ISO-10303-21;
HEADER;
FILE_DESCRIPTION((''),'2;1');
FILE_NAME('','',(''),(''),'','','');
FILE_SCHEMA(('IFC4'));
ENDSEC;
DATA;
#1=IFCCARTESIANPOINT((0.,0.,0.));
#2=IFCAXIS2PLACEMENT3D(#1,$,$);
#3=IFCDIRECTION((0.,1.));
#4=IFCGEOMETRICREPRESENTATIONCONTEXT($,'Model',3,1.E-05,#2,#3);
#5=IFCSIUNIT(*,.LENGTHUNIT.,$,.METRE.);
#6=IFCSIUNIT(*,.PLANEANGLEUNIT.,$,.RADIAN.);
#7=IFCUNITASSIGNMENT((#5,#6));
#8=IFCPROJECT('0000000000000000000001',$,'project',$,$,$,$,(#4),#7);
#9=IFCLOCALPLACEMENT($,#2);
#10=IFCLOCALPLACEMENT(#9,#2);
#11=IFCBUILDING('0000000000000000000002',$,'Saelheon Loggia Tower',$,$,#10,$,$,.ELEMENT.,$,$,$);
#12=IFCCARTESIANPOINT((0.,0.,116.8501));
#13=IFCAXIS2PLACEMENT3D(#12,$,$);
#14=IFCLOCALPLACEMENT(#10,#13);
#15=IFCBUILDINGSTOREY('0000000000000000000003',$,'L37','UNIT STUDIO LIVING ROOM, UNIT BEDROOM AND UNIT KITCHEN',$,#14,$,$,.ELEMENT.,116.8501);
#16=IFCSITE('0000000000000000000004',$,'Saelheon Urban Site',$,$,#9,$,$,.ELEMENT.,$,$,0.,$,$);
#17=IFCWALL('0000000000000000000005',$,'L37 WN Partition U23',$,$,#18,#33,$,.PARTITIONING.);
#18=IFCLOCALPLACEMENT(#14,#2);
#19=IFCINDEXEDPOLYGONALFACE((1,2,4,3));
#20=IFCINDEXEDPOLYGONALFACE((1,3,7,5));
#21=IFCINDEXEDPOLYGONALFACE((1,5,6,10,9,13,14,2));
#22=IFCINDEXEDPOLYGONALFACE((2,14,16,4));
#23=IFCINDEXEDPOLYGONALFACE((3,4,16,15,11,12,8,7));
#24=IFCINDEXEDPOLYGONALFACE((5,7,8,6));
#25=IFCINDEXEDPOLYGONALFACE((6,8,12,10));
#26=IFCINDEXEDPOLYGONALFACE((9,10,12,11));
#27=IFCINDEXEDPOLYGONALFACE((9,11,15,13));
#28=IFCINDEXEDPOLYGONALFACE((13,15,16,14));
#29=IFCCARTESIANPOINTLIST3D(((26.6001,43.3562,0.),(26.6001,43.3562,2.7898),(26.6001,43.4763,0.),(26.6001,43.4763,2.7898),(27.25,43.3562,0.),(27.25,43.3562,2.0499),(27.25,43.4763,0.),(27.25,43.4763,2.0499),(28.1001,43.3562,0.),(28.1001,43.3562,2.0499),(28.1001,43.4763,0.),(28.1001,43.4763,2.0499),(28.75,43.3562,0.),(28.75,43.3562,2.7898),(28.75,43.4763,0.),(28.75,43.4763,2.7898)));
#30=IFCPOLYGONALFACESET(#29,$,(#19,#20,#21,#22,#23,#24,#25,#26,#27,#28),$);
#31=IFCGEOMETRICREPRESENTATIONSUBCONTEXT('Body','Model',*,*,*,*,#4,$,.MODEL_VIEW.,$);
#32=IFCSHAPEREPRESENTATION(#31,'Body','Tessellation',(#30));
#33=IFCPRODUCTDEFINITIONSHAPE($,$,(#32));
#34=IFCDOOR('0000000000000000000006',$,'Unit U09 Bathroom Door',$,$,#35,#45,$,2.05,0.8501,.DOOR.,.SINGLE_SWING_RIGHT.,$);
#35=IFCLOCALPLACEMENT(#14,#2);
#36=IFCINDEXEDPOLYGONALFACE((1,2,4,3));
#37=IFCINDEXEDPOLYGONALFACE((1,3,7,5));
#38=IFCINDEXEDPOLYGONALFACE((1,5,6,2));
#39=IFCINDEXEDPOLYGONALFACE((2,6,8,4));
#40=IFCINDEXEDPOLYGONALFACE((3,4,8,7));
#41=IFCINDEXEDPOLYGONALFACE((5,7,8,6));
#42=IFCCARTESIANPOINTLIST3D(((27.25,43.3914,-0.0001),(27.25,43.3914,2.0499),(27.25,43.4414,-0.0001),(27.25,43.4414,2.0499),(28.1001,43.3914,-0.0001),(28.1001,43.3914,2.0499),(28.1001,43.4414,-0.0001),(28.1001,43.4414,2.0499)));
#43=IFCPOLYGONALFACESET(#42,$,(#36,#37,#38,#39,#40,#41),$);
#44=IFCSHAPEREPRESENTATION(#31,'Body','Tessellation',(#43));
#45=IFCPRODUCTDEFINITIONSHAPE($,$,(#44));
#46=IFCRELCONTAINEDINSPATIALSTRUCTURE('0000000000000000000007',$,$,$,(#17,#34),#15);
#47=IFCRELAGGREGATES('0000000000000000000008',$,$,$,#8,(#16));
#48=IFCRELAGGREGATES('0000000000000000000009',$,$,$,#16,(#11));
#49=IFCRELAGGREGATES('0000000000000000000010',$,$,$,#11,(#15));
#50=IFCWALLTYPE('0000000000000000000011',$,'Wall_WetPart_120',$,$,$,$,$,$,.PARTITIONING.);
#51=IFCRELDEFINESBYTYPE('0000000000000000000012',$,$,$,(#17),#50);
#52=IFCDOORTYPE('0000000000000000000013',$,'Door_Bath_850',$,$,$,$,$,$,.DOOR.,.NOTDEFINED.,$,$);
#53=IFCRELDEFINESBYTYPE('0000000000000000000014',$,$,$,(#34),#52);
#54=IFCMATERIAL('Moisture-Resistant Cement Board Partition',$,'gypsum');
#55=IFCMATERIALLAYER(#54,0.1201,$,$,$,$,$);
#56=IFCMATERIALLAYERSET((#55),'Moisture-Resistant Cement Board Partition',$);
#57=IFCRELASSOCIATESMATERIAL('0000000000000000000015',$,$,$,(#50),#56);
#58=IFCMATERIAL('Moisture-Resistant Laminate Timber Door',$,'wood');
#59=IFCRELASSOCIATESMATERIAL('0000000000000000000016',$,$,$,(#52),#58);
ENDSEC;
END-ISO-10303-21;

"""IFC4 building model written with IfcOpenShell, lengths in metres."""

from ifc_helpers import new_model, si_unit, direction, frame, frame_2d, origin, place, context, subcontext, project, spatial, rectangle, extrude, source, transform, mapped, material, layer, layer_set, type_object, element, fill, save


model = new_model("IFC4")

# Units and contexts
model_context = context("Model", 3, precision=1e-05, world=origin(), true_north=direction((0.0, 1.0)))
body_context = subcontext(model_context, "Body", "Model", "MODEL_VIEW")
ifc_project = project(units=[si_unit("LENGTHUNIT", "METRE"), si_unit("PLANEANGLEUNIT", "RADIAN")], contexts=[model_context])

# Site, building, storey
site_placement = place(None, origin())
site = spatial("IfcSite", under=ifc_project, at=site_placement, Name="Saelheon Urban Site", CompositionType="ELEMENT", RefElevation=0.0)
building_placement = place(site_placement, origin())
building = spatial("IfcBuilding", under=site, at=building_placement, Name="Saelheon Loggia Tower", CompositionType="ELEMENT")
storey_placement = place(building_placement, frame((0.0, 0.0, 116.8501)))
storey = spatial("IfcBuildingStorey", under=building, at=storey_placement, Name="L37", Description="UNIT STUDIO LIVING ROOM, UNIT BEDROOM AND UNIT KITCHEN", CompositionType="ELEMENT", Elevation=116.8501)

# Wall, opening, door
ifc_material_1 = material(Name="Moisture-Resistant Cement Board Partition", Category="gypsum")
ifc_layer_1 = layer(ifc_material_1, 0.1201)
ifc_layer_set_1 = layer_set([ifc_layer_1], Name="Moisture-Resistant Cement Board Partition")
wall_type_1 = type_object("IfcWallType", Name="Wall_WetPart_120", PredefinedType="PARTITIONING", material=ifc_layer_set_1)
wall_1_placement = place(storey_placement, frame((28.75, 43.4163, 0.0), z_axis=(0.0, 0.0, 1.0), x_axis=(-1.0, 0.0, 0.0)))
wall_1 = element("IfcWall", 1, at=wall_1_placement, inside=storey, type_object=wall_type_1, Name="L37 WN Partition U23", PredefinedType="PARTITIONING", context=body_context, shape_type="SweptSolid", body=[
    extrude(rectangle(XDim=2.1499, YDim=0.1201, at=frame_2d((1.075, 0.0))), origin(), (0.0, 0.0, 1.0), 2.7898),
])
opening_1_placement = place(wall_1_placement, frame((0.6499, 0.0, 0.0)))
opening_1 = element("IfcOpeningElement", 2, at=opening_1_placement, cuts=wall_1, PredefinedType="OPENING", context=body_context, shape_type="SweptSolid", body=[
    extrude(rectangle(XDim=0.8501, YDim=2.05, at=frame_2d((0.425, 1.0249))), frame((0.0, 0.072, 0.0), z_axis=(0.0, -1.0, 0.0), x_axis=(1.0, 0.0, 0.0)), (0.0, 0.0, 1.0), 0.144),
])
ifc_material_2 = material(Name="Moisture-Resistant Laminate Timber Door", Category="wood")
door_type_1 = type_object("IfcDoorType", Name="Door_Bath_850", OperationType="NOTDEFINED", PredefinedType="DOOR", material=ifc_material_2)
shared_shape_1 = source(origin(), body_context, "Body", "SweptSolid", [
    extrude(rectangle(XDim=0.8501, YDim=2.05, at=frame_2d((0.425, 1.0249))), frame((0.0, 0.0249, 0.0), z_axis=(0.0, -1.0, 0.0), x_axis=(1.0, 0.0, 0.0)), (0.0, 0.0, 1.0), 0.05),
])
door_1_placement = place(opening_1_placement, origin())
door_1 = element("IfcDoor", 3, at=door_1_placement, inside=storey, type_object=door_type_1, Name="Unit U09 Bathroom Door", OperationType="SINGLE_SWING_RIGHT", OverallHeight=2.05, OverallWidth=0.8501, PredefinedType="DOOR", context=body_context, shape_type="MappedRepresentation", body=[
    mapped(shared_shape_1, transform((0.0, 0.0, 0.0), scale=1.0)),
])
fill(opening_1, door_1)

save(model, "model.ifc")
